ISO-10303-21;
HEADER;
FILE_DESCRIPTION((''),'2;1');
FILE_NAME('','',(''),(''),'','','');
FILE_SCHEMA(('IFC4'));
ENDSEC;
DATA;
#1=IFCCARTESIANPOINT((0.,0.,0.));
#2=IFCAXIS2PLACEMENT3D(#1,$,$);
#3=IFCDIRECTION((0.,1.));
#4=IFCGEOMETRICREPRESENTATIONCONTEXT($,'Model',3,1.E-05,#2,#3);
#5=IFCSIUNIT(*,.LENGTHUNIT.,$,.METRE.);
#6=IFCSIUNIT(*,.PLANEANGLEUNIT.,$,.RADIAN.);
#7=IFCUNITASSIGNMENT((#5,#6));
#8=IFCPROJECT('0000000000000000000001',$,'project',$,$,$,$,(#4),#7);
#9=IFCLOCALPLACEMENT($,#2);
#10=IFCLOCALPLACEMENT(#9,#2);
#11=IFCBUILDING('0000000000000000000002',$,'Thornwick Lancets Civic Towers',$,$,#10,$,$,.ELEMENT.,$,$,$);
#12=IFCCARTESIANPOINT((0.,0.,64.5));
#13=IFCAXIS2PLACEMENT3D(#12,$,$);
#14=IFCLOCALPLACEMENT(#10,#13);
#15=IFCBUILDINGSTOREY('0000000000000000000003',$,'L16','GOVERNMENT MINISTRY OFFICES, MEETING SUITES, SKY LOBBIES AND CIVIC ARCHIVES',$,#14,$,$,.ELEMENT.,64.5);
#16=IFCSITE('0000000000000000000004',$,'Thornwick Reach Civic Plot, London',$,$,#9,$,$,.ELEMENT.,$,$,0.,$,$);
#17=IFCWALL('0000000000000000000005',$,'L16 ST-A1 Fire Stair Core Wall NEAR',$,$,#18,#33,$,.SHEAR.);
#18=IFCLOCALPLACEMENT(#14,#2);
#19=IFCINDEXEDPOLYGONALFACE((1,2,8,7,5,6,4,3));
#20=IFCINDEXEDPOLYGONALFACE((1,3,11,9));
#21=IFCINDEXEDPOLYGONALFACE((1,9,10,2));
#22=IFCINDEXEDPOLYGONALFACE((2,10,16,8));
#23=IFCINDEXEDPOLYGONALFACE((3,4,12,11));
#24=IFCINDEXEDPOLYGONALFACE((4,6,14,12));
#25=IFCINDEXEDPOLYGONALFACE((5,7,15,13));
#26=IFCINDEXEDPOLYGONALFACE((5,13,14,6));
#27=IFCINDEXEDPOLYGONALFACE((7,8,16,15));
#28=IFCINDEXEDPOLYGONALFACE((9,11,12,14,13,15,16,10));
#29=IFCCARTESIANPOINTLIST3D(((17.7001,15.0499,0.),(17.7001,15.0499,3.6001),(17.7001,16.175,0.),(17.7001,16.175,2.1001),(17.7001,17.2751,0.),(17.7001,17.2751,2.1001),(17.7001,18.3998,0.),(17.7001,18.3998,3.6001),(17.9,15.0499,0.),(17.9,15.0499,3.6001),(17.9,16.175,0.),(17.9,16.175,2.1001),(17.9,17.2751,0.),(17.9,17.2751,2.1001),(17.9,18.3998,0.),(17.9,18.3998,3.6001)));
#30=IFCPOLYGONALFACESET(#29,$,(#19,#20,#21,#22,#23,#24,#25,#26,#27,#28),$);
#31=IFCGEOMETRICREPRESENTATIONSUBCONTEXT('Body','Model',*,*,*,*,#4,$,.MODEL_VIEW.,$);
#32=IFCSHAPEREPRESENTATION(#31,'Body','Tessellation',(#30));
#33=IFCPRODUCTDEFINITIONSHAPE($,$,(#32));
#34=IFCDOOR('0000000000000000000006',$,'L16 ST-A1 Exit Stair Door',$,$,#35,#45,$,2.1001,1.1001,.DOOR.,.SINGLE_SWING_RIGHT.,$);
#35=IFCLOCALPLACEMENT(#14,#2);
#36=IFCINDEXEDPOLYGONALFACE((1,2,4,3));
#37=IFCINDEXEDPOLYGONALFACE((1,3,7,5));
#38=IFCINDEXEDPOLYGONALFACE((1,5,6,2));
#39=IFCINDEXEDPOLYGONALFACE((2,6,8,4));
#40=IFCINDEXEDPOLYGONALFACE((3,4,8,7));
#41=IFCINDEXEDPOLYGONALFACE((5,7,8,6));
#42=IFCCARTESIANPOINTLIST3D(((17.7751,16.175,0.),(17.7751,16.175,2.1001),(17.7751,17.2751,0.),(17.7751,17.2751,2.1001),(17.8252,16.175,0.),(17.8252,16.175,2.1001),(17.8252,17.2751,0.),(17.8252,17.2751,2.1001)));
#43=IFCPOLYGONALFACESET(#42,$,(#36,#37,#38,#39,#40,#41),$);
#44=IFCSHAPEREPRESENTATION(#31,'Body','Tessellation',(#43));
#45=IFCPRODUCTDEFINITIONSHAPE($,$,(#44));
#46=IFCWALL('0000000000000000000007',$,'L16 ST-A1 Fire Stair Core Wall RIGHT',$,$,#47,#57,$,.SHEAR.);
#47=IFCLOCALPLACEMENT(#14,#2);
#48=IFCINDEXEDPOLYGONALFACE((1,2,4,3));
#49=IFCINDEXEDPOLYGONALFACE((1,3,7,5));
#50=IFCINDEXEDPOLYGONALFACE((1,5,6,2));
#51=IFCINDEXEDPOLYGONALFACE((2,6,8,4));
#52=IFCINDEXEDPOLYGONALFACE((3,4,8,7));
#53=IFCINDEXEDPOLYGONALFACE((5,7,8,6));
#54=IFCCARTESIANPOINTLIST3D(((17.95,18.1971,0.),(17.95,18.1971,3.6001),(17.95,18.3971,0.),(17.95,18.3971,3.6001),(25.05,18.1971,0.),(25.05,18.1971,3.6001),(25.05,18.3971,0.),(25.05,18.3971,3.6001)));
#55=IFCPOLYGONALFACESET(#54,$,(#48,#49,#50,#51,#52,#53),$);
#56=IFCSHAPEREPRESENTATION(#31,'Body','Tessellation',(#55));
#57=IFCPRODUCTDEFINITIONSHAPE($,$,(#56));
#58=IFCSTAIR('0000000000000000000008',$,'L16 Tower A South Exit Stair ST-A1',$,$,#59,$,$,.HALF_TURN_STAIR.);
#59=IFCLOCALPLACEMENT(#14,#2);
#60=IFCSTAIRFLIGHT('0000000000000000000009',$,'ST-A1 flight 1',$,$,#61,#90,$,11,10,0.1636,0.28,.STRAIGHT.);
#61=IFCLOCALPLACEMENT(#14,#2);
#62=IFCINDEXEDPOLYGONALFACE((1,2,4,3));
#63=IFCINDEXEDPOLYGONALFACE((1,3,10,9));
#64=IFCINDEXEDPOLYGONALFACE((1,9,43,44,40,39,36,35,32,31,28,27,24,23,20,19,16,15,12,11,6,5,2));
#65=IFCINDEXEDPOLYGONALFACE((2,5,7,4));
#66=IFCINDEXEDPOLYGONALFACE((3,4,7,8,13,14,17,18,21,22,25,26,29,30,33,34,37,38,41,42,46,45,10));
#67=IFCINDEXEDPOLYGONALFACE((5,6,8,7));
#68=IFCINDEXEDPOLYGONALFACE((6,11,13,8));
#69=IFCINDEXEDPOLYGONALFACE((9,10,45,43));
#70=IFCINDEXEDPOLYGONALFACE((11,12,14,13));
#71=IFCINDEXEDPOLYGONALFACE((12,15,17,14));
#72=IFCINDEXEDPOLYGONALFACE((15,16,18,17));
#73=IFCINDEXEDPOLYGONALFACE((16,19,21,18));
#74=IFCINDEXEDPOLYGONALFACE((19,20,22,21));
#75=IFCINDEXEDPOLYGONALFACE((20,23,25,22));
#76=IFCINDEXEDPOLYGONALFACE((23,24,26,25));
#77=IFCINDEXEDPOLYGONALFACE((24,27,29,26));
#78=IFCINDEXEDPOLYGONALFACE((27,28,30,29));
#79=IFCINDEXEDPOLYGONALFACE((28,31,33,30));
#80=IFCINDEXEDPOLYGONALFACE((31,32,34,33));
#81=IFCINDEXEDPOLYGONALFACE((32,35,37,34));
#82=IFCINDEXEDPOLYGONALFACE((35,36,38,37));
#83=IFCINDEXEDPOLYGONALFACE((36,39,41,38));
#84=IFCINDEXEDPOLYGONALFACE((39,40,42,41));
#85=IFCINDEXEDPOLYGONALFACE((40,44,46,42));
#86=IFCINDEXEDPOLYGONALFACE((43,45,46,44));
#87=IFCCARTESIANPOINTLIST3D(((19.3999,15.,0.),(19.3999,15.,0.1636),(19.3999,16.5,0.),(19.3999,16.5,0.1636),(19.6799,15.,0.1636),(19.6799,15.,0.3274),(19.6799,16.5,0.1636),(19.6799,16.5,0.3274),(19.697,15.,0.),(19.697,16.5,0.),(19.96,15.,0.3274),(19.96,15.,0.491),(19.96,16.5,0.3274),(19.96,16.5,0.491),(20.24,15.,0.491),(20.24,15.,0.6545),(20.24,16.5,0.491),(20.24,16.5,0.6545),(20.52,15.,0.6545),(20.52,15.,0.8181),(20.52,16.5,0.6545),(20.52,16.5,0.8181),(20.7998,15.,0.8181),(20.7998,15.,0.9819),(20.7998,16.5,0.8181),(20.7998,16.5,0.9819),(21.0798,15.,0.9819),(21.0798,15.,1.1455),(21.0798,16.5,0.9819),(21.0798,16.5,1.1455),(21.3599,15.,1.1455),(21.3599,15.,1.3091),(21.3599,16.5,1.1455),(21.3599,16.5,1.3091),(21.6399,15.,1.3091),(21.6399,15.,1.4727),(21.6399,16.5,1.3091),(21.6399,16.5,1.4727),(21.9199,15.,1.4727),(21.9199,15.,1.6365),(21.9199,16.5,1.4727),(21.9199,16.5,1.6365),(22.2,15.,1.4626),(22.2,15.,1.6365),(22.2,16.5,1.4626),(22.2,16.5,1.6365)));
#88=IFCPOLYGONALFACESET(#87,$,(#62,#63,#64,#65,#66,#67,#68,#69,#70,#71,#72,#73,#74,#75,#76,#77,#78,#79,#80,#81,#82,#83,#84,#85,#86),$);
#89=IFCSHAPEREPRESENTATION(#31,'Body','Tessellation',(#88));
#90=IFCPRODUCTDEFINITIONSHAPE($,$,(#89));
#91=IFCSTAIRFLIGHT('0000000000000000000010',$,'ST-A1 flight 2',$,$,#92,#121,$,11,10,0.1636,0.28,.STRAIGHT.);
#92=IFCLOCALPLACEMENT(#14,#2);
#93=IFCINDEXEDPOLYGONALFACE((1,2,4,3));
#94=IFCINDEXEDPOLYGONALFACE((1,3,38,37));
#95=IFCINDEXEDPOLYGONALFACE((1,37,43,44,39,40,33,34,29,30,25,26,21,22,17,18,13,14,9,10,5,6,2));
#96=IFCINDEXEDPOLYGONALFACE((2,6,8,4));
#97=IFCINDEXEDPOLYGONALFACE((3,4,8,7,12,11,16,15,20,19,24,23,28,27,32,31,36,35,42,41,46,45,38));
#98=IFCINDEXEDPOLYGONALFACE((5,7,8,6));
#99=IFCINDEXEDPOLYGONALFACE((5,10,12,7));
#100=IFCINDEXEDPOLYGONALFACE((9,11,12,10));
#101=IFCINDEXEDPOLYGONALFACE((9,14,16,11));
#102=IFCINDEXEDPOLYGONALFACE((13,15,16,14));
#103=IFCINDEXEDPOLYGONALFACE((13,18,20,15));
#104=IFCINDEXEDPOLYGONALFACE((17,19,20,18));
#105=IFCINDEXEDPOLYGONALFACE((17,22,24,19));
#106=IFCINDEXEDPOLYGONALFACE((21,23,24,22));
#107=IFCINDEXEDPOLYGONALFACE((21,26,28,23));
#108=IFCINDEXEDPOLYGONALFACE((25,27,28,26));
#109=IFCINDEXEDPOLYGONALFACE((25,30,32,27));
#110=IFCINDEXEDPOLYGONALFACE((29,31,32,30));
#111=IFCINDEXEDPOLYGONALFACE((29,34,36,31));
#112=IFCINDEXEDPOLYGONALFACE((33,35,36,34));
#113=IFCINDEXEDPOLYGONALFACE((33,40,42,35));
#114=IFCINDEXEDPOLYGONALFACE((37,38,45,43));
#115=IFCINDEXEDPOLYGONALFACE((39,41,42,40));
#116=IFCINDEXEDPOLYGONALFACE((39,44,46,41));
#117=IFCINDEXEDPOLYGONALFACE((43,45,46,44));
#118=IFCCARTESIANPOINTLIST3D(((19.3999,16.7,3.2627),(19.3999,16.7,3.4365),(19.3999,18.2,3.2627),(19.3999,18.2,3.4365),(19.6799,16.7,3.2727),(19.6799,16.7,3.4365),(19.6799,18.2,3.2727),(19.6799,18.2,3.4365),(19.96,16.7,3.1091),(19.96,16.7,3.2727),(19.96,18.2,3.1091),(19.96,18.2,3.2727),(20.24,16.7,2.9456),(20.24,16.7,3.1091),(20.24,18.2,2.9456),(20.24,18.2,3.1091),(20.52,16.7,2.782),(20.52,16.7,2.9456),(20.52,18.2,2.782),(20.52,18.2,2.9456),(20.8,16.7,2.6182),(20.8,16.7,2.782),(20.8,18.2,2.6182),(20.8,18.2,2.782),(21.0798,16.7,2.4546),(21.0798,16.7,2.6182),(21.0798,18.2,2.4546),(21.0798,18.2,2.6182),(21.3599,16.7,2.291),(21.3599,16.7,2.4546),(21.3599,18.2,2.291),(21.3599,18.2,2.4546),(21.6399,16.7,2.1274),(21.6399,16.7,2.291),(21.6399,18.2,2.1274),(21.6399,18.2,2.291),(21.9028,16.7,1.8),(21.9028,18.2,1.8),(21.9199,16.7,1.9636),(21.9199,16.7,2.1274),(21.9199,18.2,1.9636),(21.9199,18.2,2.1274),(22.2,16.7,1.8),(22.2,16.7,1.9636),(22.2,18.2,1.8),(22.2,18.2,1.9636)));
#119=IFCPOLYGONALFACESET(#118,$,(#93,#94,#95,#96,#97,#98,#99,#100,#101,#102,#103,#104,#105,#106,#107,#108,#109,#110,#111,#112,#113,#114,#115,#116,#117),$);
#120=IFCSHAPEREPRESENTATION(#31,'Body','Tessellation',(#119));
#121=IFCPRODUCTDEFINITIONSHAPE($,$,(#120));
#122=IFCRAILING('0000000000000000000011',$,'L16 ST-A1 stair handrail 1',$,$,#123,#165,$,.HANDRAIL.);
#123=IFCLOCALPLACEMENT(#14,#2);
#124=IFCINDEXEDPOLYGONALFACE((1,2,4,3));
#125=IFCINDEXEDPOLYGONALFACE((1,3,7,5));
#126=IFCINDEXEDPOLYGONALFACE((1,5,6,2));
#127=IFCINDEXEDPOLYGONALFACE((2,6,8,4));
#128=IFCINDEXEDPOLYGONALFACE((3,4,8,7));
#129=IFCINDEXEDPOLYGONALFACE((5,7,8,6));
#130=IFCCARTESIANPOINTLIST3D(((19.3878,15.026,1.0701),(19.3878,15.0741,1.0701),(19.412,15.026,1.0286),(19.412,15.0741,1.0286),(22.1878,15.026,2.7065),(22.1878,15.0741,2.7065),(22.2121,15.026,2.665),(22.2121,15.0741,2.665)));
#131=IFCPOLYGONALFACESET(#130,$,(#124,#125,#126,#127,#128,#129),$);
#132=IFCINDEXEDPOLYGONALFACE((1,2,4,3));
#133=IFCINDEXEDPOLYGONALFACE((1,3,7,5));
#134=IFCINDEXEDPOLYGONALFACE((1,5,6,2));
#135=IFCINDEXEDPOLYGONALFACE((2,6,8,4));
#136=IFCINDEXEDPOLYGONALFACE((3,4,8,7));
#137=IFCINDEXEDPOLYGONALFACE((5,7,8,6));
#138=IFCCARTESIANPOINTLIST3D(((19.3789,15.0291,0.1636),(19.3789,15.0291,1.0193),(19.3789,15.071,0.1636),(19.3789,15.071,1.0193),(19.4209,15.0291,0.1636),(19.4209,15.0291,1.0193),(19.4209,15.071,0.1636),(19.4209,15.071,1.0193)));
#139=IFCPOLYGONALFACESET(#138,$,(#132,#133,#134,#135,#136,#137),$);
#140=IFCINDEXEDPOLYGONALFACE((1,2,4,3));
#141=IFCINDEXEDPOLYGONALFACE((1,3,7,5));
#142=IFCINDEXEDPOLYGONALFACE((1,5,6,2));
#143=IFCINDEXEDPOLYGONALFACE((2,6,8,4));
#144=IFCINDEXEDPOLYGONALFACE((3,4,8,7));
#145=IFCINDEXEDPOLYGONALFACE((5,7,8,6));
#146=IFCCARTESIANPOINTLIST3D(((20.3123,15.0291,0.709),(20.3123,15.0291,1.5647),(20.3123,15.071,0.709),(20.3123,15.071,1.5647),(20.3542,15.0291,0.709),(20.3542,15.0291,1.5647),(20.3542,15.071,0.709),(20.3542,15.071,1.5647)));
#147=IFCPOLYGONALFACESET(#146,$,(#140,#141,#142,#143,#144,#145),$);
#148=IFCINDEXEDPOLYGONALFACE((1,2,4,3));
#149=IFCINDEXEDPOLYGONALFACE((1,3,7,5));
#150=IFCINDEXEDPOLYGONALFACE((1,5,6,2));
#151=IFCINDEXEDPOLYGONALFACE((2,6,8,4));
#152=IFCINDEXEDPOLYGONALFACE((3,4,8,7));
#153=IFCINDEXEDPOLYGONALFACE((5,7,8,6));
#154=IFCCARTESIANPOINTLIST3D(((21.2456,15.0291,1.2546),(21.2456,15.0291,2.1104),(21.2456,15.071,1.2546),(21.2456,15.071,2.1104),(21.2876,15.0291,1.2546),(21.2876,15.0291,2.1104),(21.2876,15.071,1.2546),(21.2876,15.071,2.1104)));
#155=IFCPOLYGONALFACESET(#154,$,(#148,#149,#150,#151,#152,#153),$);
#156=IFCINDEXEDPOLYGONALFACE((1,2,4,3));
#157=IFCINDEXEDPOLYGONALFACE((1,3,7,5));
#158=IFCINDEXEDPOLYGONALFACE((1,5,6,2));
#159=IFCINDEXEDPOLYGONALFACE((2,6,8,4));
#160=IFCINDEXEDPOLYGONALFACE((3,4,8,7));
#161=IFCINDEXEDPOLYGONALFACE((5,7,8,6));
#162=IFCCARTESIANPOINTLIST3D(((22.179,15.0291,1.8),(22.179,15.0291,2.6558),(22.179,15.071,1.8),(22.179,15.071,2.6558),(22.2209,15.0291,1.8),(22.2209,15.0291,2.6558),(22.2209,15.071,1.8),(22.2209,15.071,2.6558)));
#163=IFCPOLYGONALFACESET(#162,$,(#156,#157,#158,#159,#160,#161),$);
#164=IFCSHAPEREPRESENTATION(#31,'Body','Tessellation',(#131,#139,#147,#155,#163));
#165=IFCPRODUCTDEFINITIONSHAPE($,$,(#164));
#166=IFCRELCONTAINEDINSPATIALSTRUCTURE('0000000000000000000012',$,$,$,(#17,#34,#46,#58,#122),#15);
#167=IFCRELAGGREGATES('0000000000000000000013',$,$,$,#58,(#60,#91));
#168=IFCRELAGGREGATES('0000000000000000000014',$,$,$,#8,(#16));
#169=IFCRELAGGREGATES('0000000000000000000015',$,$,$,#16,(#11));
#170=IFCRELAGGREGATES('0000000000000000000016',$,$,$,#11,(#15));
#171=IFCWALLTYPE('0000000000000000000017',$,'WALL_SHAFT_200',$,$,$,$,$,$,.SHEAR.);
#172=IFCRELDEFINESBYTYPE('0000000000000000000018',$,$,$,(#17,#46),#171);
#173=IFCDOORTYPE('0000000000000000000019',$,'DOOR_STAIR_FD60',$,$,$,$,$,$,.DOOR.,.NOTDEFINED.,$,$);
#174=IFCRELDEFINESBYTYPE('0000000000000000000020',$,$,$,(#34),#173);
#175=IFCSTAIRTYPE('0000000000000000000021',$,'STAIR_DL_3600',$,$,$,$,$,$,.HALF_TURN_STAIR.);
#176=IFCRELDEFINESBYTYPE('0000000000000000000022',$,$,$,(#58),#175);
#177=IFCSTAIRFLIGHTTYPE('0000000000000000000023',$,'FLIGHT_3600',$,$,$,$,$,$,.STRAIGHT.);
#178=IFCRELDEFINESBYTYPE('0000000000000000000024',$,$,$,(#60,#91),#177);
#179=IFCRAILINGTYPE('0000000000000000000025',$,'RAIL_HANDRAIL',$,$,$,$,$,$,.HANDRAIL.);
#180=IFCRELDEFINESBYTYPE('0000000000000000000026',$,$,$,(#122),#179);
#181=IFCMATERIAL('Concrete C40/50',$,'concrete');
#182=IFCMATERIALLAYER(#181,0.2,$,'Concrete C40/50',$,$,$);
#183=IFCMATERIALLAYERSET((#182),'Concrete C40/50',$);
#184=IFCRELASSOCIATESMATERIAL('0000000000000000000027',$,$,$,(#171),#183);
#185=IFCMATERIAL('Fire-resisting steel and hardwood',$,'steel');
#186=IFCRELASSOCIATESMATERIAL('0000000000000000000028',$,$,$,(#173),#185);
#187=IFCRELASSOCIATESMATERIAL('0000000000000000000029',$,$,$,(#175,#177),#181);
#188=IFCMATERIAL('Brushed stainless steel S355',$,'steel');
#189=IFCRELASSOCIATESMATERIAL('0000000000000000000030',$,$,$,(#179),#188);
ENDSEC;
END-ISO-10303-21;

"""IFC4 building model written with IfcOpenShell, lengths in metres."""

from ifc_helpers import new_model, si_unit, direction, frame, frame_2d, origin, origin_2d, place, context, subcontext, project, spatial, polyline, rectangle, outline, extrude, material, layer, layer_set, type_object, element, fill, aggregate, save


model = new_model("IFC4")

# Units and contexts
model_context = context("Model", 3, precision=1e-05, world=origin(), true_north=direction((0.0, 1.0)))
body_context = subcontext(model_context, "Body", "Model", "MODEL_VIEW")
ifc_project = project(units=[si_unit("LENGTHUNIT", "METRE"), si_unit("PLANEANGLEUNIT", "RADIAN")], contexts=[model_context])

# Site, building, storey
site_placement = place(None, origin())
site = spatial("IfcSite", under=ifc_project, at=site_placement, Name="Thornwick Reach Civic Plot, London", CompositionType="ELEMENT", RefElevation=0.0)
building_placement = place(site_placement, origin())
building = spatial("IfcBuilding", under=site, at=building_placement, Name="Thornwick Lancets Civic Towers", CompositionType="ELEMENT")
storey_placement = place(building_placement, frame((0.0, 0.0, 64.5)))
storey = spatial("IfcBuildingStorey", under=building, at=storey_placement, Name="L16", Description="GOVERNMENT MINISTRY OFFICES, MEETING SUITES, SKY LOBBIES AND CIVIC ARCHIVES", CompositionType="ELEMENT", Elevation=64.5)

# Shared definitions
ifc_material_1 = material(Name="Concrete C40/50", Category="concrete")

# Wall, opening, door
ifc_layer_1 = layer(ifc_material_1, 0.2, Name="Concrete C40/50")
ifc_layer_set_1 = layer_set([ifc_layer_1], Name="Concrete C40/50")
wall_type_1 = type_object("IfcWallType", Name="WALL_SHAFT_200", PredefinedType="SHEAR", material=ifc_layer_set_1)
wall_1_placement = place(storey_placement, frame((17.8, 15.05, 0.0), z_axis=(0.0, 0.0, 1.0), x_axis=(0.0, 1.0, 0.0)))
wall_1 = element("IfcWall", 1, at=wall_1_placement, inside=storey, type_object=wall_type_1, Name="L16 ST-A1 Fire Stair Core Wall NEAR", PredefinedType="SHEAR", context=body_context, shape_type="SweptSolid", body=[
    extrude(rectangle(XDim=3.3499, YDim=0.2, at=frame_2d((1.6748, 0.0))), origin(), (0.0, 0.0, 1.0), 3.6001),
])
opening_1_placement = place(wall_1_placement, frame((1.125, 0.0, 0.0)))
opening_1 = element("IfcOpeningElement", 2, at=opening_1_placement, cuts=wall_1, PredefinedType="OPENING", context=body_context, shape_type="SweptSolid", body=[
    extrude(rectangle(XDim=1.1001, YDim=2.1001, at=frame_2d((0.55, 1.05))), frame((0.0, 0.1099, 0.0), z_axis=(0.0, -1.0, 0.0), x_axis=(1.0, 0.0, 0.0)), (0.0, 0.0, 1.0), 0.22),
])
ifc_material_2 = material(Name="Fire-resisting steel and hardwood", Category="steel")
door_type_1 = type_object("IfcDoorType", Name="DOOR_STAIR_FD60", OperationType="NOTDEFINED", PredefinedType="DOOR", material=ifc_material_2)
door_1_placement = place(opening_1_placement, origin())
door_1 = element("IfcDoor", 3, at=door_1_placement, inside=storey, type_object=door_type_1, Name="L16 ST-A1 Exit Stair Door", OperationType="SINGLE_SWING_RIGHT", OverallHeight=2.1001, OverallWidth=1.1001, PredefinedType="DOOR", context=body_context, shape_type="SweptSolid", body=[
    extrude(rectangle(XDim=1.1001, YDim=2.1001, at=frame_2d((0.55, 1.05))), frame((0.0, 0.0249, 0.0), z_axis=(0.0, -1.0, 0.0), x_axis=(1.0, 0.0, 0.0)), (0.0, 0.0, 1.0), 0.05),
])
fill(opening_1, door_1)

# Wall
wall_2_placement = place(storey_placement, frame((25.05, 18.2971, 0.0), z_axis=(0.0, 0.0, 1.0), x_axis=(-1.0, 0.0, 0.0)))
element("IfcWall", 4, at=wall_2_placement, inside=storey, type_object=wall_type_1, Name="L16 ST-A1 Fire Stair Core Wall RIGHT", PredefinedType="SHEAR", context=body_context, shape_type="SweptSolid", body=[
    extrude(rectangle(XDim=7.1001, YDim=0.2, at=frame_2d((3.55, 0.0))), origin(), (0.0, 0.0, 1.0), 3.6001),
])

# Stair, stair flights
stair_type = type_object("IfcStairType", Name="STAIR_DL_3600", PredefinedType="HALF_TURN_STAIR", material=ifc_material_1)
stair_placement = place(storey_placement, origin())
stair = element("IfcStair", 5, at=stair_placement, inside=storey, type_object=stair_type, Name="L16 Tower A South Exit Stair ST-A1", PredefinedType="HALF_TURN_STAIR")
stair_flight_type = type_object("IfcStairFlightType", Name="FLIGHT_3600", PredefinedType="STRAIGHT", material=ifc_material_1)
stair_flight_1_placement = place(storey_placement, frame((19.3999, 15.75, 0.0), z_axis=(0.0, 0.0, 1.0), x_axis=(1.0, 0.0, 0.0)))
stair_flight_1 = element("IfcStairFlight", 6, at=stair_flight_1_placement, type_object=stair_flight_type, Name="ST-A1 flight 1", NumberOfRisers=11, NumberOfTreads=10, PredefinedType="STRAIGHT", RiserHeight=0.1636, TreadLength=0.28, context=body_context, shape_type="SweptSolid", body=[
    extrude(outline(polyline([(0.0, 0.0), (0.0, 0.1636), (0.28, 0.1636), (0.28, 0.3274), (0.5601, 0.3274), (0.5601, 0.491), (0.8401, 0.491), (0.8401, 0.6545), (1.1201, 0.6545), (1.1201, 0.8181), (1.3999, 0.8181), (1.3999, 0.9819), (1.6799, 0.9819), (1.6799, 1.1455), (1.96, 1.1455), (1.96, 1.3091), (2.24, 1.3091), (2.24, 1.4727), (2.52, 1.4727), (2.52, 1.6365), (2.8, 1.6365), (2.8, 1.8), (2.8, 1.4626), (0.2971, 0.0), (0.0, 0.0)])), frame((0.0, 0.75, 0.0), z_axis=(0.0, -1.0, 0.0), x_axis=(1.0, 0.0, 0.0)), (0.0, 0.0, 1.0), 1.5),
])
stair_flight_2_placement = place(storey_placement, frame((22.2, 17.45, 1.8), z_axis=(0.0, 0.0, 1.0), x_axis=(-1.0, 0.0, 0.0)))
stair_flight_2 = element("IfcStairFlight", 7, at=stair_flight_2_placement, type_object=stair_flight_type, Name="ST-A1 flight 2", NumberOfRisers=11, NumberOfTreads=10, PredefinedType="STRAIGHT", RiserHeight=0.1636, TreadLength=0.28, context=body_context, shape_type="SweptSolid", body=[
    extrude(outline(polyline([(0.0, 0.0), (0.0, 0.1636), (0.28, 0.1636), (0.28, 0.3274), (0.5601, 0.3274), (0.5601, 0.491), (0.8401, 0.491), (0.8401, 0.6545), (1.1201, 0.6545), (1.1201, 0.8181), (1.3999, 0.8181), (1.3999, 0.9819), (1.6799, 0.9819), (1.6799, 1.1455), (1.96, 1.1455), (1.96, 1.3091), (2.24, 1.3091), (2.24, 1.4727), (2.52, 1.4727), (2.52, 1.6365), (2.8, 1.6365), (2.8, 1.8), (2.8, 1.4626), (0.2971, 0.0), (0.0, 0.0)])), frame((0.0, 0.75, 0.0), z_axis=(0.0, -1.0, 0.0), x_axis=(1.0, 0.0, 0.0)), (0.0, 0.0, 1.0), 1.5),
])
aggregate(stair, [stair_flight_1, stair_flight_2])

# Railing
ifc_material_3 = material(Name="Brushed stainless steel S355", Category="steel")
railing_type_1 = type_object("IfcRailingType", Name="RAIL_HANDRAIL", PredefinedType="HANDRAIL", material=ifc_material_3)
railing_1_placement = place(storey_placement, frame((19.3999, 15.05, 0.1636)))
element("IfcRailing", 8, at=railing_1_placement, inside=storey, type_object=railing_type_1, Name="L16 ST-A1 stair handrail 1", PredefinedType="HANDRAIL", context=body_context, shape_type="SweptSolid", body=[
    extrude(rectangle(XDim=0.0481, YDim=0.0481, at=origin_2d()), frame((0.0, 0.0, 0.8857), z_axis=(0.863361, 0.0, 0.504587), x_axis=(0.0, 1.0, 0.0)), (0.0, 0.0, 1.0), 3.2432),
    extrude(rectangle(XDim=0.042, YDim=0.042, at=origin_2d()), origin(), (0.0, 0.0, 1.0), 0.8557),
    extrude(rectangle(XDim=0.042, YDim=0.042, at=origin_2d()), frame((0.9333, 0.0, 0.5454)), (0.0, 0.0, 1.0), 0.8557),
    extrude(rectangle(XDim=0.042, YDim=0.042, at=origin_2d()), frame((1.8667, 0.0, 1.0911)), (0.0, 0.0, 1.0), 0.8557),
    extrude(rectangle(XDim=0.042, YDim=0.042, at=origin_2d()), frame((2.8, 0.0, 1.6365)), (0.0, 0.0, 1.0), 0.8557),
])

save(model, "model.ifc")
